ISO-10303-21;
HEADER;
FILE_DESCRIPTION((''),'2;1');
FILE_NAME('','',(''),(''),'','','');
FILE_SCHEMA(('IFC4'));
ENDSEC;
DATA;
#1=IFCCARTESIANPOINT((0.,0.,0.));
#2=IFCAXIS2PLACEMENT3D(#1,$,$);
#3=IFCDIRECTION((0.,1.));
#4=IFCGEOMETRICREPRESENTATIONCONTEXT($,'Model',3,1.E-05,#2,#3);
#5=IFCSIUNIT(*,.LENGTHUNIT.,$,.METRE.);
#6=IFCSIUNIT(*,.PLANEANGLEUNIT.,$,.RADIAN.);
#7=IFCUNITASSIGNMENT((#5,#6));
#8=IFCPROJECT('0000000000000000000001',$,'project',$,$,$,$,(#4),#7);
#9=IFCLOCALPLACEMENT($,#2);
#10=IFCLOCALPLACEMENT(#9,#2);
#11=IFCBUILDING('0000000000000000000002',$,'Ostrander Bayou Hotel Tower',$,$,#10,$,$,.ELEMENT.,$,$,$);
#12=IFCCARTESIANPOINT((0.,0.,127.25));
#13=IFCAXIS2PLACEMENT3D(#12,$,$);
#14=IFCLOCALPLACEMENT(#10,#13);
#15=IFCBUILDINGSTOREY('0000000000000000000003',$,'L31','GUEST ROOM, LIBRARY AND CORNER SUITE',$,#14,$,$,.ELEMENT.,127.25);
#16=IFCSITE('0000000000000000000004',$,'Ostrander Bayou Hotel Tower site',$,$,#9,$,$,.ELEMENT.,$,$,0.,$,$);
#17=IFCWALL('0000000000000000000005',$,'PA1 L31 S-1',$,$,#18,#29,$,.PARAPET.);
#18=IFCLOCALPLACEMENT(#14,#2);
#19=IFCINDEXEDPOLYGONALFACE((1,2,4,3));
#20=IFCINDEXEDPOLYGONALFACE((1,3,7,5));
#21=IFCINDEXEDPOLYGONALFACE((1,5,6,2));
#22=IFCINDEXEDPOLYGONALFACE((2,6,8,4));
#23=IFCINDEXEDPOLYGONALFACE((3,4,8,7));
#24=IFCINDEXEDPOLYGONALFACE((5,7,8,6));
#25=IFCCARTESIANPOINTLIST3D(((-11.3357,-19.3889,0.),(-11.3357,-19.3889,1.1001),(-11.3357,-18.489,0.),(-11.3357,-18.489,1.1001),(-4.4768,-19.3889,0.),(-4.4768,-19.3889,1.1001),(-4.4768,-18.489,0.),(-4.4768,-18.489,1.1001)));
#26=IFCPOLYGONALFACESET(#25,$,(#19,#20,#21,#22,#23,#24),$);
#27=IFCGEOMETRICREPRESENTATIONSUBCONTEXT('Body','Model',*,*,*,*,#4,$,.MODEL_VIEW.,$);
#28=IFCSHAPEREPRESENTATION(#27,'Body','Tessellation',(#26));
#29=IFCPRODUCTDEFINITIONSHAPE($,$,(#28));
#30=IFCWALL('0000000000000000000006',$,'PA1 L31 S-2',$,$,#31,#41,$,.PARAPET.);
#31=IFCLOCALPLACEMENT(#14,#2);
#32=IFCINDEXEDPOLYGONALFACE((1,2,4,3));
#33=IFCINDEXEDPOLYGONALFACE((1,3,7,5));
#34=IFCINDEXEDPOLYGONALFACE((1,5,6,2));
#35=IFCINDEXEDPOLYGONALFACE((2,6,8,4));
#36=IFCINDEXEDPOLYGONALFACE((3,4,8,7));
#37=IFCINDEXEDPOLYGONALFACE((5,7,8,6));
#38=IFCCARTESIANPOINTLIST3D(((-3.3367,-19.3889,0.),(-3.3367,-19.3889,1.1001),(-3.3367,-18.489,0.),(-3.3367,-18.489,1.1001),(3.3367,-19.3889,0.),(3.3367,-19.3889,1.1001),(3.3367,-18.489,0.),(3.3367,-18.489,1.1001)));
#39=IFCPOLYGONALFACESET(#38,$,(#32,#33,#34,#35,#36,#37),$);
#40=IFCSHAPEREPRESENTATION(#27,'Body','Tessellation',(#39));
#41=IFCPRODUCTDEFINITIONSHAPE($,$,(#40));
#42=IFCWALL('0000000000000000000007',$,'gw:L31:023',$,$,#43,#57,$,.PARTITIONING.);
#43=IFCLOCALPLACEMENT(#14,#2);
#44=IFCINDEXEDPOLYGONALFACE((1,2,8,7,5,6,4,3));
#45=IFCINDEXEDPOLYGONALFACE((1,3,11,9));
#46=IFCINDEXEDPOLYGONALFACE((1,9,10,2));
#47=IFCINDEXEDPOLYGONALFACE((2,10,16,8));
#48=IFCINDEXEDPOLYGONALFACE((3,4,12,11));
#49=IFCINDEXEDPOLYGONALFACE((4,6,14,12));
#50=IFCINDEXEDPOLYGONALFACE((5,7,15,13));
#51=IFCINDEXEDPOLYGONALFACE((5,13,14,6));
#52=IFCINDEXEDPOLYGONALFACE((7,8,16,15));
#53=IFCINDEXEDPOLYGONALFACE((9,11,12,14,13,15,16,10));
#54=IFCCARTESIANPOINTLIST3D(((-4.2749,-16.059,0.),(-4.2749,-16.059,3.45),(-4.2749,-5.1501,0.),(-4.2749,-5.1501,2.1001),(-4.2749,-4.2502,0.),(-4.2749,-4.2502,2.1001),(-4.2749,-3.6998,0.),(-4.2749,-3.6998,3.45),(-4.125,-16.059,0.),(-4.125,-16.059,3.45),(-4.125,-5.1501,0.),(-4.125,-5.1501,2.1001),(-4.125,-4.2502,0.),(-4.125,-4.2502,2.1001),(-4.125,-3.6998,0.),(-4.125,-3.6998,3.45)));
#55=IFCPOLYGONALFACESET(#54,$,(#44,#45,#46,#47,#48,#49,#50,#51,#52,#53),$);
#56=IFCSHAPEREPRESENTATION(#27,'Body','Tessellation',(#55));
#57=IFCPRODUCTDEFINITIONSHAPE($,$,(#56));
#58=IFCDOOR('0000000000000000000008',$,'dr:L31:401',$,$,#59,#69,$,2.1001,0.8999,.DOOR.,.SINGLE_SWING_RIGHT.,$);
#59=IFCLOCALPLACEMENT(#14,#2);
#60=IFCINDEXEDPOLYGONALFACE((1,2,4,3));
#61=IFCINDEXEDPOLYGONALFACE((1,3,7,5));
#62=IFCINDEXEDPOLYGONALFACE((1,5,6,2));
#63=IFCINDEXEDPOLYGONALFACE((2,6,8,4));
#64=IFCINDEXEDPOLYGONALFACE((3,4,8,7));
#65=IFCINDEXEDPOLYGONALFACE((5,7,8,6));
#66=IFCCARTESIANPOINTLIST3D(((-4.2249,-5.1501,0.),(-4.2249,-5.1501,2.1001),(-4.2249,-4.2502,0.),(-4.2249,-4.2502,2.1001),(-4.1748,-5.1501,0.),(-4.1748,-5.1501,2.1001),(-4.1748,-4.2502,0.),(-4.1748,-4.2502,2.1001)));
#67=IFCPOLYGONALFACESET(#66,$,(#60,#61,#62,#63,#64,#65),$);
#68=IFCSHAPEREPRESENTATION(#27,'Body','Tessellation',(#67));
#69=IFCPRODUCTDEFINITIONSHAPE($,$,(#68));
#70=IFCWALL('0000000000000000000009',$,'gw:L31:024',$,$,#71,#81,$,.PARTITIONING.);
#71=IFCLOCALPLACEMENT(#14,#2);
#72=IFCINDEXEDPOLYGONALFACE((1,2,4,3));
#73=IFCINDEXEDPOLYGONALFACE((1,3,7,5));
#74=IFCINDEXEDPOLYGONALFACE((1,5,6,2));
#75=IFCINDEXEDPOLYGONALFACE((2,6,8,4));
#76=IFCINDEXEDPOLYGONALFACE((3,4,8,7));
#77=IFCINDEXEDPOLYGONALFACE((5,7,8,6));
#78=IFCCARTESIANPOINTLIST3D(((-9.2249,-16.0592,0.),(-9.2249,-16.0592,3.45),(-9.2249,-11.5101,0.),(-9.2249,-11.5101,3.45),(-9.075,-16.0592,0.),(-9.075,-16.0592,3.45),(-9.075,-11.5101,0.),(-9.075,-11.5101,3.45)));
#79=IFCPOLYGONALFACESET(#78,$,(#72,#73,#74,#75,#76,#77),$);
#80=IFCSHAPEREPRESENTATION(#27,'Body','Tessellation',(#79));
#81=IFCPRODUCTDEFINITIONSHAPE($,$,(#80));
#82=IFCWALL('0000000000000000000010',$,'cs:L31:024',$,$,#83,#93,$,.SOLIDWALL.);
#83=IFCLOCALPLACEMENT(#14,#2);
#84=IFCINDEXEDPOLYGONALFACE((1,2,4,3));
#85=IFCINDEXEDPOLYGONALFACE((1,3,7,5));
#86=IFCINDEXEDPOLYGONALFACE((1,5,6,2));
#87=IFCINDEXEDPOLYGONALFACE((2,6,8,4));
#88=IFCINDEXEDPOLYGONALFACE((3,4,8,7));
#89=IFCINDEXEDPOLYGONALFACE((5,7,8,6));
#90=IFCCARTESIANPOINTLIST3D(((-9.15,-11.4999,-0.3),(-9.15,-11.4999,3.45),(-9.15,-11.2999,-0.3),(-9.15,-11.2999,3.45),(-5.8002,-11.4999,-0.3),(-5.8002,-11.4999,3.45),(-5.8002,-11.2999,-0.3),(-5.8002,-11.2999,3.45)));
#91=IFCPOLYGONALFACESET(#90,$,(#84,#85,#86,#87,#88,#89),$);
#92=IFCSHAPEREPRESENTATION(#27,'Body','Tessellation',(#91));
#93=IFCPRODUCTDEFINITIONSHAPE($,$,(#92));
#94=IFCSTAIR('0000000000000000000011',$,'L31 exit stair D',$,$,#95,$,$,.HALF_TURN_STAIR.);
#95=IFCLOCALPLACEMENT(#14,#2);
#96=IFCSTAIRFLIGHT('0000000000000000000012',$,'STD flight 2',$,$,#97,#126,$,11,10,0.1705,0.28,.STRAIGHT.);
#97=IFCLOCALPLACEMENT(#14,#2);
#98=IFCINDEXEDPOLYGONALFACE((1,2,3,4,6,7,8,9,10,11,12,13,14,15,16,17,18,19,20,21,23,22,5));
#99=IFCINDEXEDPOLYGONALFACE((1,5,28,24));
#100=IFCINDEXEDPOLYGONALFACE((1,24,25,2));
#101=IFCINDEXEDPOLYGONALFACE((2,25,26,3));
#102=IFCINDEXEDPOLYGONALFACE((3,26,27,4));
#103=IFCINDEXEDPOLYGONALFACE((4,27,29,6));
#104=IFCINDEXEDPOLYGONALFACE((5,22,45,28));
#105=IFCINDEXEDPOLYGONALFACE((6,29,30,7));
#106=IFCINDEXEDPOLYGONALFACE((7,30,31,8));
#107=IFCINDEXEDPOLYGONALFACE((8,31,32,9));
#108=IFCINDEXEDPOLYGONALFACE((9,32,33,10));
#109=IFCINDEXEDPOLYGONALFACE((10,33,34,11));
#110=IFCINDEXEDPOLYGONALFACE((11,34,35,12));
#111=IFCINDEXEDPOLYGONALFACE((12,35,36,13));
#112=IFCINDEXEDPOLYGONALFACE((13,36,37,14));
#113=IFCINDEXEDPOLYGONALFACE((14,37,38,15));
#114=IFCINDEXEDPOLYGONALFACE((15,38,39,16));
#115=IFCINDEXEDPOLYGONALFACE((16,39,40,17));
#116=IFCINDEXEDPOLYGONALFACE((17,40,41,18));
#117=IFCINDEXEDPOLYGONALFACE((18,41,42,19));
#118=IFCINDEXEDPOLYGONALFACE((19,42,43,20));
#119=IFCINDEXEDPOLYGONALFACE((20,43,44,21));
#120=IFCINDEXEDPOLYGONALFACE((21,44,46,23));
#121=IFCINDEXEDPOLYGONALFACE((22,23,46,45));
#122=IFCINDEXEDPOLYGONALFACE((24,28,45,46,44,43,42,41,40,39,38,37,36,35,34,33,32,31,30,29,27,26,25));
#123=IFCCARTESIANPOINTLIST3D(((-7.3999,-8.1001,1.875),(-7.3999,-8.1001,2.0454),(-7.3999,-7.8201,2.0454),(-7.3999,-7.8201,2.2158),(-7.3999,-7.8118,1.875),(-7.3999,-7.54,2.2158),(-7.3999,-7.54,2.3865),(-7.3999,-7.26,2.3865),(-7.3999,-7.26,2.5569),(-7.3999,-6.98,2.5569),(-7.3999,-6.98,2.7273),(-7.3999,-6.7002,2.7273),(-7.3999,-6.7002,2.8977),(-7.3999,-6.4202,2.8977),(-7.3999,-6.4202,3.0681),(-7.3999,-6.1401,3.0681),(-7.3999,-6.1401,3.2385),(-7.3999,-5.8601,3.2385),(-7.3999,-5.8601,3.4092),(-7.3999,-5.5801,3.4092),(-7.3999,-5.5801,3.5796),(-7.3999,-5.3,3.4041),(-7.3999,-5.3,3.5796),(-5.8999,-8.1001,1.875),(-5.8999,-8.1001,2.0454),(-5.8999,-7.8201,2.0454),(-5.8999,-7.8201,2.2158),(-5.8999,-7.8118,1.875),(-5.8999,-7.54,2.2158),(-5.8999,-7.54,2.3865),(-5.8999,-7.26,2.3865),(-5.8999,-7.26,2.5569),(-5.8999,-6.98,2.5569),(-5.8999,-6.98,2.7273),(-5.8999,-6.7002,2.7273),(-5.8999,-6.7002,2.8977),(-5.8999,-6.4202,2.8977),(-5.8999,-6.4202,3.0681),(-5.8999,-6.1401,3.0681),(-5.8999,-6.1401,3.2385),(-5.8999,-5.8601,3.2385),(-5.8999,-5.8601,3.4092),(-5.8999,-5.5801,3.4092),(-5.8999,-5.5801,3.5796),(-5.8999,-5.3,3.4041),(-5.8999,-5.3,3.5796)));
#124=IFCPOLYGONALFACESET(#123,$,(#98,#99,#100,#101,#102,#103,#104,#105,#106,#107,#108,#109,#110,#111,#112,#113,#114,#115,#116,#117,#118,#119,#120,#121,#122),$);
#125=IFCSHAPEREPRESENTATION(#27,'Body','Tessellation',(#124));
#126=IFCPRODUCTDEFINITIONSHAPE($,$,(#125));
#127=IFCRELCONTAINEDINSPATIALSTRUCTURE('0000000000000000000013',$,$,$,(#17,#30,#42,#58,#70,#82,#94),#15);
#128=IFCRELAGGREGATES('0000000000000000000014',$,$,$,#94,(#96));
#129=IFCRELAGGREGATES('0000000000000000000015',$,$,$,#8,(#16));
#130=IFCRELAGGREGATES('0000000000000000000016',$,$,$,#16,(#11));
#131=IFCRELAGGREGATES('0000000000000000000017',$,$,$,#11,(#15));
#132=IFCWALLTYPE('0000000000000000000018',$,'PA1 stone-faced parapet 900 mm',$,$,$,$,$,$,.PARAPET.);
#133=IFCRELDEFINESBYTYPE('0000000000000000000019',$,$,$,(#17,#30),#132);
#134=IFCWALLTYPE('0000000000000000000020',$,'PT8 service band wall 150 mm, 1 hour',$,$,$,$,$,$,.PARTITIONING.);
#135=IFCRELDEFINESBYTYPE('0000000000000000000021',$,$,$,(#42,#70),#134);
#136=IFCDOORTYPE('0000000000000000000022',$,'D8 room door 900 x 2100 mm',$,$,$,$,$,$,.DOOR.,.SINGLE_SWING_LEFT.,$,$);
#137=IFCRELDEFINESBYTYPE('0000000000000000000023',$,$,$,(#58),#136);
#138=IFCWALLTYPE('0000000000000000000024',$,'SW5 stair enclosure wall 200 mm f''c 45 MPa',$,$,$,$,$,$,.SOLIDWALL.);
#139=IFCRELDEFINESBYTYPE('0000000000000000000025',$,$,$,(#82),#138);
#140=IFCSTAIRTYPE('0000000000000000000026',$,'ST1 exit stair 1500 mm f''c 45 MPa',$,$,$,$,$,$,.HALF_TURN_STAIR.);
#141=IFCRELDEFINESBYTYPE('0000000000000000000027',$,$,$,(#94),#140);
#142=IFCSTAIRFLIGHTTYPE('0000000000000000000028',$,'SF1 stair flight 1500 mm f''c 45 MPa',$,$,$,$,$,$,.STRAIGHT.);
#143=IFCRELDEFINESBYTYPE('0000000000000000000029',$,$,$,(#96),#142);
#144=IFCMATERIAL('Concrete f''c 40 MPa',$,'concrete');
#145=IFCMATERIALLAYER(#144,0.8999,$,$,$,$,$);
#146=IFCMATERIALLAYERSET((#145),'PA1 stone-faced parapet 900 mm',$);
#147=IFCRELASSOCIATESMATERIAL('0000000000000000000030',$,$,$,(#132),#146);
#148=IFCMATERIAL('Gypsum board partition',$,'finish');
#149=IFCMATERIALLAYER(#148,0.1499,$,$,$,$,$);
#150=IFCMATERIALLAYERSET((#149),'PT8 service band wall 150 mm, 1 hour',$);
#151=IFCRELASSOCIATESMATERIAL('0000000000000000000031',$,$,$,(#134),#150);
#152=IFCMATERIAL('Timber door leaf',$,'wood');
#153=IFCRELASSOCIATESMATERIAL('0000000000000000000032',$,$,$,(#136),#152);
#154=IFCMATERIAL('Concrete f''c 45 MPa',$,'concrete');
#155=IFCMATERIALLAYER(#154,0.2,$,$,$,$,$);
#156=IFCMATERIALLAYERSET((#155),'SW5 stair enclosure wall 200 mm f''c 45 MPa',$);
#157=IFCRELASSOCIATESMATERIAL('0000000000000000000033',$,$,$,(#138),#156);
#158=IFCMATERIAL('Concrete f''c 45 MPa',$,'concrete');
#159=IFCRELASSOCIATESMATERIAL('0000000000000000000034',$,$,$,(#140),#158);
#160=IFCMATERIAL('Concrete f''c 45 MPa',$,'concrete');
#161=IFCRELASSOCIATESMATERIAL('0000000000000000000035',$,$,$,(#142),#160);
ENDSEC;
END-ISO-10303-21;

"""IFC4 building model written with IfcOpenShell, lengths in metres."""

from ifc_helpers import new_model, si_unit, direction, frame, frame_2d, origin, place, context, subcontext, project, spatial, polyline, rectangle, outline, extrude, material, layer, layer_set, type_object, element, fill, aggregate, save


model = new_model("IFC4")

# Units and contexts
model_context = context("Model", 3, precision=1e-05, world=origin(), true_north=direction((0.0, 1.0)))
body_context = subcontext(model_context, "Body", "Model", "MODEL_VIEW")
ifc_project = project(units=[si_unit("LENGTHUNIT", "METRE"), si_unit("PLANEANGLEUNIT", "RADIAN")], contexts=[model_context])

# Site, building, storey
site_placement = place(None, origin())
site = spatial("IfcSite", under=ifc_project, at=site_placement, Name="Ostrander Bayou Hotel Tower site", CompositionType="ELEMENT", RefElevation=0.0)
building_placement = place(site_placement, origin())
building = spatial("IfcBuilding", under=site, at=building_placement, Name="Ostrander Bayou Hotel Tower", CompositionType="ELEMENT")
storey_placement = place(building_placement, frame((0.0, 0.0, 127.25)))
storey = spatial("IfcBuildingStorey", under=building, at=storey_placement, Name="L31", Description="GUEST ROOM, LIBRARY AND CORNER SUITE", CompositionType="ELEMENT", Elevation=127.25)

# Walls
ifc_material_1 = material(Name="Concrete f'c 40 MPa", Category="concrete")
ifc_layer_1 = layer(ifc_material_1, 0.8999)
ifc_layer_set_1 = layer_set([ifc_layer_1], Name="PA1 stone-faced parapet 900 mm")
wall_type_1 = type_object("IfcWallType", Name="PA1 stone-faced parapet 900 mm", PredefinedType="PARAPET", material=ifc_layer_set_1)
wall_1_placement = place(storey_placement, frame((-11.3357, -18.939, 0.0), z_axis=(0.0, 0.0, 1.0), x_axis=(1.0, 0.0, 0.0)))
element("IfcWall", 1, at=wall_1_placement, inside=storey, type_object=wall_type_1, Name="PA1 L31 S-1", PredefinedType="PARAPET", context=body_context, shape_type="SweptSolid", body=[
    extrude(rectangle(XDim=6.8589, YDim=0.8999, at=frame_2d((3.4294, 0.0))), origin(), (0.0, 0.0, 1.0), 1.1001),
])
wall_2_placement = place(storey_placement, frame((-3.3367, -18.939, 0.0), z_axis=(0.0, 0.0, 1.0), x_axis=(1.0, 0.0, 0.0)))
element("IfcWall", 2, at=wall_2_placement, inside=storey, type_object=wall_type_1, Name="PA1 L31 S-2", PredefinedType="PARAPET", context=body_context, shape_type="SweptSolid", body=[
    extrude(rectangle(XDim=6.6733, YDim=0.8999, at=frame_2d((3.3367, 0.0))), origin(), (0.0, 0.0, 1.0), 1.1001),
])

# Wall, opening, door
ifc_material_2 = material(Name="Gypsum board partition", Category="finish")
ifc_layer_2 = layer(ifc_material_2, 0.1499)
ifc_layer_set_2 = layer_set([ifc_layer_2], Name="PT8 service band wall 150 mm, 1 hour")
wall_type_2 = type_object("IfcWallType", Name="PT8 service band wall 150 mm, 1 hour", PredefinedType="PARTITIONING", material=ifc_layer_set_2)
wall_3_placement = place(storey_placement, frame((-4.2, -16.0591, 0.0), z_axis=(0.0, 0.0, 1.0), x_axis=(0.0, 1.0, 0.0)))
wall_3 = element("IfcWall", 3, at=wall_3_placement, inside=storey, type_object=wall_type_2, Name="gw:L31:023", PredefinedType="PARTITIONING", context=body_context, shape_type="SweptSolid", body=[
    extrude(rectangle(XDim=12.3591, YDim=0.1499, at=frame_2d((6.1797, 0.0))), origin(), (0.0, 0.0, 1.0), 3.45),
])
opening_1_placement = place(wall_3_placement, frame((10.9089, 0.0, 0.0)))
opening_1 = element("IfcOpeningElement", 4, at=opening_1_placement, cuts=wall_3, PredefinedType="OPENING", context=body_context, shape_type="SweptSolid", body=[
    extrude(rectangle(XDim=0.8999, YDim=2.1001, at=frame_2d((0.45, 1.05))), frame((0.0, 0.075, 0.0), z_axis=(0.0, -1.0, 0.0), x_axis=(1.0, 0.0, 0.0)), (0.0, 0.0, 1.0), 0.1499),
])
ifc_material_3 = material(Name="Timber door leaf", Category="wood")
door_type_1 = type_object("IfcDoorType", Name="D8 room door 900 x 2100 mm", OperationType="SINGLE_SWING_LEFT", PredefinedType="DOOR", material=ifc_material_3)
door_1_placement = place(opening_1_placement, origin())
door_1 = element("IfcDoor", 5, at=door_1_placement, inside=storey, type_object=door_type_1, Name="dr:L31:401", OperationType="SINGLE_SWING_RIGHT", OverallHeight=2.1001, OverallWidth=0.8999, PredefinedType="DOOR", context=body_context, shape_type="SweptSolid", body=[
    extrude(rectangle(XDim=0.8999, YDim=2.1001, at=frame_2d((0.45, 1.05))), frame((0.0, 0.0249, 0.0), z_axis=(0.0, -1.0, 0.0), x_axis=(1.0, 0.0, 0.0)), (0.0, 0.0, 1.0), 0.05),
])
fill(opening_1, door_1)

# Walls
wall_4_placement = place(storey_placement, frame((-9.1499, -16.0591, 0.0), z_axis=(0.0, 0.0, 1.0), x_axis=(0.0, 1.0, 0.0)))
element("IfcWall", 6, at=wall_4_placement, inside=storey, type_object=wall_type_2, Name="gw:L31:024", PredefinedType="PARTITIONING", context=body_context, shape_type="SweptSolid", body=[
    extrude(rectangle(XDim=4.5491, YDim=0.1499, at=frame_2d((2.2744, 0.0))), origin(), (0.0, 0.0, 1.0), 3.45),
])
ifc_material_4 = material(Name="Concrete f'c 45 MPa", Category="concrete")
ifc_layer_3 = layer(ifc_material_4, 0.2)
ifc_layer_set_3 = layer_set([ifc_layer_3], Name="SW5 stair enclosure wall 200 mm f'c 45 MPa")
wall_type_3 = type_object("IfcWallType", Name="SW5 stair enclosure wall 200 mm f'c 45 MPa", PredefinedType="SOLIDWALL", material=ifc_layer_set_3)
wall_5_placement = place(storey_placement, frame((-9.1499, -11.3999, -0.3), z_axis=(0.0, 0.0, 1.0), x_axis=(1.0, 0.0, 0.0)))
element("IfcWall", 7, at=wall_5_placement, inside=storey, type_object=wall_type_3, Name="cs:L31:024", PredefinedType="SOLIDWALL", context=body_context, shape_type="SweptSolid", body=[
    extrude(rectangle(XDim=3.3499, YDim=0.2, at=frame_2d((1.6748, 0.0))), origin(), (0.0, 0.0, 1.0), 3.75),
])

# Stair, stair flight
ifc_material_5 = material(Name="Concrete f'c 45 MPa", Category="concrete")
stair_type = type_object("IfcStairType", Name="ST1 exit stair 1500 mm f'c 45 MPa", PredefinedType="HALF_TURN_STAIR", material=ifc_material_5)
stair_placement = place(storey_placement, origin())
stair = element("IfcStair", 8, at=stair_placement, inside=storey, type_object=stair_type, Name="L31 exit stair D", PredefinedType="HALF_TURN_STAIR")
ifc_material_6 = material(Name="Concrete f'c 45 MPa", Category="concrete")
stair_flight_type = type_object("IfcStairFlightType", Name="SF1 stair flight 1500 mm f'c 45 MPa", PredefinedType="STRAIGHT", material=ifc_material_6)
stair_flight_placement = place(storey_placement, frame((-6.6499, -8.1001, 1.875), z_axis=(0.0, 0.0, 1.0), x_axis=(0.0, 1.0, 0.0)))
stair_flight = element("IfcStairFlight", 9, at=stair_flight_placement, type_object=stair_flight_type, Name="STD flight 2", NumberOfRisers=11, NumberOfTreads=10, PredefinedType="STRAIGHT", RiserHeight=0.1705, TreadLength=0.28, context=body_context, shape_type="SweptSolid", body=[
    extrude(outline(polyline([(0.0, 0.0), (0.0, 0.1704), (0.28, 0.1704), (0.28, 0.3408), (0.5601, 0.3408), (0.5601, 0.5115), (0.8401, 0.5115), (0.8401, 0.6819), (1.1201, 0.6819), (1.1201, 0.8523), (1.3999, 0.8523), (1.3999, 1.0227), (1.6799, 1.0227), (1.6799, 1.1931), (1.96, 1.1931), (1.96, 1.3635), (2.24, 1.3635), (2.24, 1.5342), (2.52, 1.5342), (2.52, 1.7046), (2.8, 1.7046), (2.8, 1.875), (2.8, 1.5291), (0.2883, 0.0), (0.0, 0.0)])), frame((0.0, 0.75, 0.0), z_axis=(0.0, -1.0, 0.0), x_axis=(1.0, 0.0, 0.0)), (0.0, 0.0, 1.0), 1.5),
])
aggregate(stair, [stair_flight])

save(model, "model.ifc")
